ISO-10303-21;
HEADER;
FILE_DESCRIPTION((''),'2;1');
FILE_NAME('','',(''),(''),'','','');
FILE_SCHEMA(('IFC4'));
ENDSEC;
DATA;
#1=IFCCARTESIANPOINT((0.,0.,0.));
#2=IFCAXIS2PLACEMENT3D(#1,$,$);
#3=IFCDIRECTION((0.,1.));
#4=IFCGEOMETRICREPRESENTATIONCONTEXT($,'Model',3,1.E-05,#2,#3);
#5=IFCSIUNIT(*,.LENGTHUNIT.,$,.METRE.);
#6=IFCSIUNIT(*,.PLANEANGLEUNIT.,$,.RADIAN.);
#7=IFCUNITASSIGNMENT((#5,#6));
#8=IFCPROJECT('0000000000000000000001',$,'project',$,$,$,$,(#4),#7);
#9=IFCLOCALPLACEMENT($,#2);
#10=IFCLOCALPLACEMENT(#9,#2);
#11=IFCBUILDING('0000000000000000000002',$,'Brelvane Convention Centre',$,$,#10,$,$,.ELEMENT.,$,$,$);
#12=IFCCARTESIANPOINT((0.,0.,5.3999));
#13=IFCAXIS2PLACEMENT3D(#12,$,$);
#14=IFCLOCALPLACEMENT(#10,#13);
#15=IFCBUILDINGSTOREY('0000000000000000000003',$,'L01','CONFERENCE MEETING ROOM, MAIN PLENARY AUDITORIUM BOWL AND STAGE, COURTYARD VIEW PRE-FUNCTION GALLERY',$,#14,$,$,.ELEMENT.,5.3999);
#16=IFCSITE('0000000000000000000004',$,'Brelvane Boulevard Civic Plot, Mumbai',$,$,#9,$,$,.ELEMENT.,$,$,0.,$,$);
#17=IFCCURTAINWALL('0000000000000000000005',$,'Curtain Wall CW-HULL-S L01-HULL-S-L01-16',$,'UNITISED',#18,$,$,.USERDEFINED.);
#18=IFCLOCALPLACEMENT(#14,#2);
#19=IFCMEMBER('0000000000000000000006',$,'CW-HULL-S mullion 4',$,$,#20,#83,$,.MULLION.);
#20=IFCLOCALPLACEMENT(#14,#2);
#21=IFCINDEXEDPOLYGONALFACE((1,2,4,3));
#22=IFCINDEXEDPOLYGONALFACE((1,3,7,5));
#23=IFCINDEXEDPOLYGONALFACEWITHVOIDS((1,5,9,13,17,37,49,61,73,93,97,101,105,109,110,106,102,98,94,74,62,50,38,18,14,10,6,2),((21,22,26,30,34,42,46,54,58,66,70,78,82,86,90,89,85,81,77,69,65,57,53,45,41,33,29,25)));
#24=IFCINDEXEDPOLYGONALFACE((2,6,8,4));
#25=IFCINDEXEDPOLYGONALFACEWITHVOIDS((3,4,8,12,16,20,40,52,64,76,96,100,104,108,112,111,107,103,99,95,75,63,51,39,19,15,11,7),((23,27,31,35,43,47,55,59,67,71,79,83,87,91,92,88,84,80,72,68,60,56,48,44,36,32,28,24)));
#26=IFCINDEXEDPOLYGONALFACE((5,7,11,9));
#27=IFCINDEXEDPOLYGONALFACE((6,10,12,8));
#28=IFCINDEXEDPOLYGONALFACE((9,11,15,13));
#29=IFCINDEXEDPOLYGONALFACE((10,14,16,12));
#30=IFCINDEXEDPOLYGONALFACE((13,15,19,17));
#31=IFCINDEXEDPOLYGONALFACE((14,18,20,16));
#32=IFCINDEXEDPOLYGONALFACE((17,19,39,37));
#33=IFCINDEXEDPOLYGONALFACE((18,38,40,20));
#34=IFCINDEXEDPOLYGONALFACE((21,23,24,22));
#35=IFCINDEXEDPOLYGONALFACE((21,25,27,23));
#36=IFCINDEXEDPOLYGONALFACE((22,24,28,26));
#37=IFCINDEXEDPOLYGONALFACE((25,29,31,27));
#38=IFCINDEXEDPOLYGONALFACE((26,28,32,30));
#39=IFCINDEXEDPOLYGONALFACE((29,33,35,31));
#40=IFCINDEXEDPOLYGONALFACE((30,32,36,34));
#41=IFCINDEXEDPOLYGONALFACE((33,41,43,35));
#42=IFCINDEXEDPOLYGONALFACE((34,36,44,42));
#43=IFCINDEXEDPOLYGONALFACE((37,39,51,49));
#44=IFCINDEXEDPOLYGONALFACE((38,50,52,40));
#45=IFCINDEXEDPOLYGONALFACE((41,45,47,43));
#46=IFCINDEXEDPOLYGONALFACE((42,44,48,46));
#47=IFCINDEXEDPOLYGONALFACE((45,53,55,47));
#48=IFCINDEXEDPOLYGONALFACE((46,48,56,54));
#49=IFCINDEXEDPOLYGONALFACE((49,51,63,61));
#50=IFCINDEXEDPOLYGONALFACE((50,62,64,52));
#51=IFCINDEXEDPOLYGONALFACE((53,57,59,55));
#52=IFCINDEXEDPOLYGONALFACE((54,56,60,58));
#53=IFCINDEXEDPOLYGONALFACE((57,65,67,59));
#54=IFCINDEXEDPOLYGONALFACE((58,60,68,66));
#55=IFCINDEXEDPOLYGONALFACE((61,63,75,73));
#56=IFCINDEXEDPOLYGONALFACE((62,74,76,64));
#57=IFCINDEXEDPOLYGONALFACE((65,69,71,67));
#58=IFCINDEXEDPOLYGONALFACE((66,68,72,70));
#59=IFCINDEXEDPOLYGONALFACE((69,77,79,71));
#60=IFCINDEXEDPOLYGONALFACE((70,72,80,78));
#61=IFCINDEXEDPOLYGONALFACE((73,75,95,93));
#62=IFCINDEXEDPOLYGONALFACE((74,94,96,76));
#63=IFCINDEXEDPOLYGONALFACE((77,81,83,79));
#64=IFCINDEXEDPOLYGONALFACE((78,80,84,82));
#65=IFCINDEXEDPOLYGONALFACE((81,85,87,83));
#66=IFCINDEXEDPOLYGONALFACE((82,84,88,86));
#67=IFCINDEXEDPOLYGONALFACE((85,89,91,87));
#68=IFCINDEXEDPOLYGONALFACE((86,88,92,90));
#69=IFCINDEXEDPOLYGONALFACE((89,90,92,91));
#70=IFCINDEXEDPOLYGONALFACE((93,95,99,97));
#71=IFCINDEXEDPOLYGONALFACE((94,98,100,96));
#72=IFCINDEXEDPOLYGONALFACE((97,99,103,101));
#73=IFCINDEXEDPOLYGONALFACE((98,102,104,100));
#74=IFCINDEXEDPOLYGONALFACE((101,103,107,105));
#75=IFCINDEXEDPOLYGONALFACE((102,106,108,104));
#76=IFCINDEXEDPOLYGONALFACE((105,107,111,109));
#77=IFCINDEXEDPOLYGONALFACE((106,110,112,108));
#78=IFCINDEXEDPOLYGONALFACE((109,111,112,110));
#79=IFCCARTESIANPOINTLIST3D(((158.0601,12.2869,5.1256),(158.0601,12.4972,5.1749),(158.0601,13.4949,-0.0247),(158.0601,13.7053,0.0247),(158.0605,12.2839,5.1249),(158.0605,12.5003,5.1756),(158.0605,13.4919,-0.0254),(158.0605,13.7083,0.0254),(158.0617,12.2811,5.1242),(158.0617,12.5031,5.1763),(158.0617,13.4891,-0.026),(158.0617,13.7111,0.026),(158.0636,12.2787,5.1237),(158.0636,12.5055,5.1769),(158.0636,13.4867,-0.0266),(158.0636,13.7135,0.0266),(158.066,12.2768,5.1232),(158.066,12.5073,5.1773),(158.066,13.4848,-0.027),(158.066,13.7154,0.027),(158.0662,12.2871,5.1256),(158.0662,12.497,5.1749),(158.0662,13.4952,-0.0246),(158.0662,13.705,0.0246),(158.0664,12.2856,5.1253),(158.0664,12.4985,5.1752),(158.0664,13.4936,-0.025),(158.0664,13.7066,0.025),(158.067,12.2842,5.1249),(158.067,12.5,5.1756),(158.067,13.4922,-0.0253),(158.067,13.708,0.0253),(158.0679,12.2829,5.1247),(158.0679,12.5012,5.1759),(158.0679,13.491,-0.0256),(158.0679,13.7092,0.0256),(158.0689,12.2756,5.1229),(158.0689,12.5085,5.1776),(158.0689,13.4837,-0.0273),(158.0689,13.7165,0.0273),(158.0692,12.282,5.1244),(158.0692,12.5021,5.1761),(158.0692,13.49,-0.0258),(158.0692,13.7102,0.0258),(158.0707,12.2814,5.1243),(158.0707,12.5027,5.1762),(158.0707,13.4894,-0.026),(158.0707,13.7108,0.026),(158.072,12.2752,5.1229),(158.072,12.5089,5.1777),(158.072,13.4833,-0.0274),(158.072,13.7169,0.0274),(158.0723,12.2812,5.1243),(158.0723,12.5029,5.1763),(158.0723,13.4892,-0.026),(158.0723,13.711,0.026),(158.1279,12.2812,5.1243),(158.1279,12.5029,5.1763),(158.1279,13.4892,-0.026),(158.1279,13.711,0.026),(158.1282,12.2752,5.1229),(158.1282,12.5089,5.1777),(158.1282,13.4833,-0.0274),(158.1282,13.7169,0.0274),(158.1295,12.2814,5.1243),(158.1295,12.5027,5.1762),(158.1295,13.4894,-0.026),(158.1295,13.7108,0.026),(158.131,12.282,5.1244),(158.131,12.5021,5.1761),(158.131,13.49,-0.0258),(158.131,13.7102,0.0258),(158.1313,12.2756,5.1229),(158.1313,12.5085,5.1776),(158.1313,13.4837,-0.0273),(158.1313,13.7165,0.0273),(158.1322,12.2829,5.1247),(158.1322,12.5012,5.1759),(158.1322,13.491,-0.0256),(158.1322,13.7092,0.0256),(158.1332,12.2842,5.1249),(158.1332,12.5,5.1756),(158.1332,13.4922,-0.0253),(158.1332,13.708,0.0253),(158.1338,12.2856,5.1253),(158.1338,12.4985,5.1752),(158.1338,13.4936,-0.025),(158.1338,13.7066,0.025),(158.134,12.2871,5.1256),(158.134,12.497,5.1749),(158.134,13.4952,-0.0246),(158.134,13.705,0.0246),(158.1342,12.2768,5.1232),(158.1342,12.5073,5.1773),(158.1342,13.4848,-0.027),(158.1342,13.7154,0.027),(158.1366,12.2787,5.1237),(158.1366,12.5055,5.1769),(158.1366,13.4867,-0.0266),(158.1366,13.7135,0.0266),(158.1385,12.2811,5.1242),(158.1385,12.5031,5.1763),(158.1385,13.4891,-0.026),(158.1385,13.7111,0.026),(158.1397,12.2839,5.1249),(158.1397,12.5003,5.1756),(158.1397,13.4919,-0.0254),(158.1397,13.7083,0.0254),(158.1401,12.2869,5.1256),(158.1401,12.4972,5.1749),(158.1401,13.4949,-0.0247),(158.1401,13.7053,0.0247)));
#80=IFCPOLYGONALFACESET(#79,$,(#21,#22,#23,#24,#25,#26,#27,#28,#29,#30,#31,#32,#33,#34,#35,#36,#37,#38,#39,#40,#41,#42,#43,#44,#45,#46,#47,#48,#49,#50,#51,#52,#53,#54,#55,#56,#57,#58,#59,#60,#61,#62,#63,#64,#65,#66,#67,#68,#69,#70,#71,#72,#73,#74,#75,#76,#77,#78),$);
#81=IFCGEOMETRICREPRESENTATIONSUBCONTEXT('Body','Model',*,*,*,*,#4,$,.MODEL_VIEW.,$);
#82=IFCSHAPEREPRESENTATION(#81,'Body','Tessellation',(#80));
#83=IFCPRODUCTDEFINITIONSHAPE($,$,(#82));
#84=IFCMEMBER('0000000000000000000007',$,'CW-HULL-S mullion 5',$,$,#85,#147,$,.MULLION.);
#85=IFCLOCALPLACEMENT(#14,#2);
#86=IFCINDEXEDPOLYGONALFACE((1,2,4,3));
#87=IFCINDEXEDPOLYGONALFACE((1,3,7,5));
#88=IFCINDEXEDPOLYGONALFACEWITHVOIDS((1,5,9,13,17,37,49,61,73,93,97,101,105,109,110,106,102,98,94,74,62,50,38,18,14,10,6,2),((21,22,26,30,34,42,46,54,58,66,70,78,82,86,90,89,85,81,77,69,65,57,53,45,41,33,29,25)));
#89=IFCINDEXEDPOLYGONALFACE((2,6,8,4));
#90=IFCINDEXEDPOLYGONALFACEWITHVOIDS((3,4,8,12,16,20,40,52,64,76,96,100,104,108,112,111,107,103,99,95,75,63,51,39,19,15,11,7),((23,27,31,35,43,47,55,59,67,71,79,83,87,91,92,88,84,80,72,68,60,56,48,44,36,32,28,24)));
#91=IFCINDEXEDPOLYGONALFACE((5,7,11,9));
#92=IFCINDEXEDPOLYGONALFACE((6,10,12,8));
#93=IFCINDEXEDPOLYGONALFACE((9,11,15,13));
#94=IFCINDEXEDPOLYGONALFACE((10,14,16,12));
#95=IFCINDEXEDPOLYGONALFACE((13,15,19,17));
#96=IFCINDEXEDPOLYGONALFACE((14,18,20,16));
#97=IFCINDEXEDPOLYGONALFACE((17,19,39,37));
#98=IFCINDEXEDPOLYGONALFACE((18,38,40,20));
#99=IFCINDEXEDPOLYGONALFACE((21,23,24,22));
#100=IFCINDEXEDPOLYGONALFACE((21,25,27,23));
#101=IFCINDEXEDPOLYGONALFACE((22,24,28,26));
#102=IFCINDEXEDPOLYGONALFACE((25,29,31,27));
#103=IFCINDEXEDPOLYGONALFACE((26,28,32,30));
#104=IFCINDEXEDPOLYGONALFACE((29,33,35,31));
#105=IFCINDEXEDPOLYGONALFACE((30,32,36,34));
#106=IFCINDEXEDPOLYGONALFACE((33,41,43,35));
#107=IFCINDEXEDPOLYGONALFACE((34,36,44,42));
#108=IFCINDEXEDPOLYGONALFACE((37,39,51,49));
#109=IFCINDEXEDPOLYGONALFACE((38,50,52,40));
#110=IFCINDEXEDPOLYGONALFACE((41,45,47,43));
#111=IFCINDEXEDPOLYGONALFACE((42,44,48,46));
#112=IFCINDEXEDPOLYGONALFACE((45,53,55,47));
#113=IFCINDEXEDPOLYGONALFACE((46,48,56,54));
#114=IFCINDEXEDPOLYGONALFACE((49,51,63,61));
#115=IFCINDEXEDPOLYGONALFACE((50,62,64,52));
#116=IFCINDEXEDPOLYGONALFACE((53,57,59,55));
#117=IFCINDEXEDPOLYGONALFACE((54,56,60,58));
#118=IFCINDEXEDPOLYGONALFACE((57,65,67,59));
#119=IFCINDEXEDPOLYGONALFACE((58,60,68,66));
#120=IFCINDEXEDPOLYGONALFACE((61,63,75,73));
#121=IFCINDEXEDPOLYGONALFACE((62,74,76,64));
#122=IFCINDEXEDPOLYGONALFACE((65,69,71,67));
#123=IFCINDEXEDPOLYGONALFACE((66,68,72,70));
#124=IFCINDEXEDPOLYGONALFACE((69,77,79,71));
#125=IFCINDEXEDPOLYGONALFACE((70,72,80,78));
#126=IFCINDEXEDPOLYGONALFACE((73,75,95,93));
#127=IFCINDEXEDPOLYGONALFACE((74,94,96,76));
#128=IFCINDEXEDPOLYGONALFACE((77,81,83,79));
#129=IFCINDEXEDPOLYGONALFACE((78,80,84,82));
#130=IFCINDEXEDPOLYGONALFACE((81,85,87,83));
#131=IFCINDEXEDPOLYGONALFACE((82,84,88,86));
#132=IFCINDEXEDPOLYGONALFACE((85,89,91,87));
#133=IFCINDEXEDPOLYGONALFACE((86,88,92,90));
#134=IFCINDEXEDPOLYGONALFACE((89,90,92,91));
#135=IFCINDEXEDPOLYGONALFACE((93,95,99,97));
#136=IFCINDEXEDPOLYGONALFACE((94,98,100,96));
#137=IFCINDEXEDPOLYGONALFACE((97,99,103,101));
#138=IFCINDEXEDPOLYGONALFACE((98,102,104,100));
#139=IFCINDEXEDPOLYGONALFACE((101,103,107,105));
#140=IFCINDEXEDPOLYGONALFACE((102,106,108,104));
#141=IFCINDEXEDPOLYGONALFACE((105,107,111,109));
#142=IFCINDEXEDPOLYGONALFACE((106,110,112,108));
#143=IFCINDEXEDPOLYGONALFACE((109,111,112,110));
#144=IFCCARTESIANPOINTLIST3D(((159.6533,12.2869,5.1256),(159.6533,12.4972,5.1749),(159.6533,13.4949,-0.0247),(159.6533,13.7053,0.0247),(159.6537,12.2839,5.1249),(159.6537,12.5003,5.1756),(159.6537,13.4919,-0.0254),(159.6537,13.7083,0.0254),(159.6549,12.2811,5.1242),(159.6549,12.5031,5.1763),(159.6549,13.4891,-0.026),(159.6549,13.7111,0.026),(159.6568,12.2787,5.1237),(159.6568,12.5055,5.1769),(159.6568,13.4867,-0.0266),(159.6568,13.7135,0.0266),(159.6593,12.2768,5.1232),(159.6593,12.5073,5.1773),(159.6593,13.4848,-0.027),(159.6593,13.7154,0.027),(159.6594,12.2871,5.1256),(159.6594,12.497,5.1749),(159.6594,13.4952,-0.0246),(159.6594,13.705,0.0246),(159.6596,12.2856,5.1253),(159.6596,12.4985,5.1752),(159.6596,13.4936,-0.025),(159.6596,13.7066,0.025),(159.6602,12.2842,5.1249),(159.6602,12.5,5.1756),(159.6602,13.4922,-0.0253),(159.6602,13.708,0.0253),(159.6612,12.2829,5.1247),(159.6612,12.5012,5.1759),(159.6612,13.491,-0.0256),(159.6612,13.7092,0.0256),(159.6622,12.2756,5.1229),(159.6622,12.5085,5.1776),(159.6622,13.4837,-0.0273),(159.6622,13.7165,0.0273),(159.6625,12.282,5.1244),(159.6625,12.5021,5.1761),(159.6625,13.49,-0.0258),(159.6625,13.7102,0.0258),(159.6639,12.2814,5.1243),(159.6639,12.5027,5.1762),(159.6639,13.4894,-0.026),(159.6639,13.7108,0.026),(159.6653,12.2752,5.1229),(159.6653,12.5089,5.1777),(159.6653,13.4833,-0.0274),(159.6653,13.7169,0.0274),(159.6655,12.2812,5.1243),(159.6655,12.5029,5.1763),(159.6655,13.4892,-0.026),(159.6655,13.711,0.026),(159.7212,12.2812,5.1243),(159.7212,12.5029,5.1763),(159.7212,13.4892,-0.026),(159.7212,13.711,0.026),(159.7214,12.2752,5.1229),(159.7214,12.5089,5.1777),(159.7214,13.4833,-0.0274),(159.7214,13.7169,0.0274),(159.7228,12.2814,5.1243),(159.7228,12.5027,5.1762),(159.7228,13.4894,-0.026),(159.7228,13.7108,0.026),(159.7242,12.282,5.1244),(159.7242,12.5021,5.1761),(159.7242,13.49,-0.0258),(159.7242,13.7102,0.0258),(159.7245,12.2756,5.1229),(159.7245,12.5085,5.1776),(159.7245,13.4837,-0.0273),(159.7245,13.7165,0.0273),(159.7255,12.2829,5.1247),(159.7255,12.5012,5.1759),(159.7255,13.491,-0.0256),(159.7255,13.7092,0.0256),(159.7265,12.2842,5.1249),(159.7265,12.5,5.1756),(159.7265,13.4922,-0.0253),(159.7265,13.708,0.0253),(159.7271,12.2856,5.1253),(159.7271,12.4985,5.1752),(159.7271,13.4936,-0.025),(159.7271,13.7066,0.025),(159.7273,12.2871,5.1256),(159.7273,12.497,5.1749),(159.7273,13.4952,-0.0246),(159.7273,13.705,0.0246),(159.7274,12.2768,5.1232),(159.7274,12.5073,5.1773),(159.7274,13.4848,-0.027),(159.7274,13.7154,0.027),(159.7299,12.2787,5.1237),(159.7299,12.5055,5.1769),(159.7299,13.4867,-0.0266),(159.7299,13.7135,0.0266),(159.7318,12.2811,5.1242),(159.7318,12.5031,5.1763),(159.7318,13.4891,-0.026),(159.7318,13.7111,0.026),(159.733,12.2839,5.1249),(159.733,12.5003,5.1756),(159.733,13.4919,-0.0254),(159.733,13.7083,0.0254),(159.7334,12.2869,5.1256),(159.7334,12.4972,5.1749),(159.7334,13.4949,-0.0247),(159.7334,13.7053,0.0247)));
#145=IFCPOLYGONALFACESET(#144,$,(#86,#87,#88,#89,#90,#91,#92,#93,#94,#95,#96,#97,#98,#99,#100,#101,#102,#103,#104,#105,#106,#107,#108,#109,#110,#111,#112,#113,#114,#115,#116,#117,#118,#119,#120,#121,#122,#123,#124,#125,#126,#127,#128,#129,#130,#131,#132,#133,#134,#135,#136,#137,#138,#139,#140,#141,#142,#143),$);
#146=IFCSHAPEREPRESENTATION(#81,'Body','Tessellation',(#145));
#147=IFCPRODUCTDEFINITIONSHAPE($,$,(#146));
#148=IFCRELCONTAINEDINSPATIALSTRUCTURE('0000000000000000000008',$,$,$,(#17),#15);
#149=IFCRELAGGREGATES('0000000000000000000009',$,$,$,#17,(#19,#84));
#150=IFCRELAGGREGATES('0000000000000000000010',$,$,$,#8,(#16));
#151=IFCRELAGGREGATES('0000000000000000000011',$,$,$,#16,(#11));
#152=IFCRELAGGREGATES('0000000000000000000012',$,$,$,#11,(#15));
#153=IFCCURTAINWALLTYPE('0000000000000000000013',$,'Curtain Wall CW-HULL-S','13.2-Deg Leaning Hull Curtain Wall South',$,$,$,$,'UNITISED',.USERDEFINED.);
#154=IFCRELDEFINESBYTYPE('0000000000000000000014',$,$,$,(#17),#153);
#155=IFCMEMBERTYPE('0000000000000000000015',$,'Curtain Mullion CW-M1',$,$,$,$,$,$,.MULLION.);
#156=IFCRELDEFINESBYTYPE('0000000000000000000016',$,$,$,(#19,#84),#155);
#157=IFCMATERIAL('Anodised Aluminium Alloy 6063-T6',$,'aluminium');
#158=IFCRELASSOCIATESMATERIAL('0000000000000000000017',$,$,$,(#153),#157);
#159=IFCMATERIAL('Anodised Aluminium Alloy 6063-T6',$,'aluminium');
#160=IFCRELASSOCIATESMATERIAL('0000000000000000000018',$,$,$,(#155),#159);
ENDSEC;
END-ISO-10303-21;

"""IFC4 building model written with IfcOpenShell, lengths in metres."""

from ifc_helpers import new_model, si_unit, direction, frame, origin, origin_2d, place, context, subcontext, project, spatial, hollow_rectangle, extrude, material, material_profile, profile_set, type_object, element, aggregate, save


model = new_model("IFC4")

# Units and contexts
model_context = context("Model", 3, precision=1e-05, world=origin(), true_north=direction((0.0, 1.0)))
body_context = subcontext(model_context, "Body", "Model", "MODEL_VIEW")
ifc_project = project(units=[si_unit("LENGTHUNIT", "METRE"), si_unit("PLANEANGLEUNIT", "RADIAN")], contexts=[model_context])

# Site, building, storey
site_placement = place(None, origin())
site = spatial("IfcSite", under=ifc_project, at=site_placement, Name="Brelvane Boulevard Civic Plot, Mumbai", CompositionType="ELEMENT", RefElevation=0.0)
building_placement = place(site_placement, origin())
building = spatial("IfcBuilding", under=site, at=building_placement, Name="Brelvane Convention Centre", CompositionType="ELEMENT")
storey_placement = place(building_placement, frame((0.0, 0.0, 5.3999)))
storey = spatial("IfcBuildingStorey", under=building, at=storey_placement, Name="L01", Description="CONFERENCE MEETING ROOM, MAIN PLENARY AUDITORIUM BOWL AND STAGE, COURTYARD VIEW PRE-FUNCTION GALLERY", CompositionType="ELEMENT", Elevation=5.3999)

# Curtain wall, members
ifc_material_1 = material(Name="Anodised Aluminium Alloy 6063-T6", Category="aluminium")
curtain_wall_type = type_object("IfcCurtainWallType", Name="Curtain Wall CW-HULL-S", Description="13.2-Deg Leaning Hull Curtain Wall South", ElementType="UNITISED", PredefinedType="USERDEFINED", material=ifc_material_1)
curtain_wall_1_placement = place(storey_placement, origin())
curtain_wall_1 = element("IfcCurtainWall", 1, at=curtain_wall_1_placement, inside=storey, type_object=curtain_wall_type, Name="Curtain Wall CW-HULL-S L01-HULL-S-L01-16", ObjectType="UNITISED", PredefinedType="USERDEFINED")
ifc_material_2 = material(Name="Anodised Aluminium Alloy 6063-T6", Category="aluminium")
ifc_material_profile_1 = material_profile(ifc_material_2, hollow_rectangle(XDim=0.0801, YDim=0.24, WallThickness=0.0061, InnerFilletRadius=0.0061, OuterFilletRadius=0.012, at=origin_2d()), Name="ALU-M 240x80x6.0")
ifc_profile_set_1 = profile_set([ifc_material_profile_1], Name="Anodised Aluminium Alloy 6063-T6")
member_type_1 = type_object("IfcMemberType", Name="Curtain Mullion CW-M1", PredefinedType="MULLION", material=ifc_profile_set_1)
member_1_placement = place(storey_placement, frame((158.1001, 13.6001, 0.0), z_axis=(0.0, -0.22836, 0.973577), x_axis=(1.0, 0.0, 0.0)))
member_1 = element("IfcMember", 2, at=member_1_placement, type_object=member_type_1, Name="CW-HULL-S mullion 4", PredefinedType="MULLION", context=body_context, shape_type="SweptSolid", body=[
    extrude(hollow_rectangle(XDim=0.0801, YDim=0.24, WallThickness=0.0061, InnerFilletRadius=0.0061, OuterFilletRadius=0.012, at=origin_2d()), origin(), (0.0, 0.0, 1.0), 5.29),
])
member_2_placement = place(storey_placement, frame((159.6934, 13.6001, 0.0), z_axis=(0.0, -0.22836, 0.973577), x_axis=(1.0, 0.0, 0.0)))
member_2 = element("IfcMember", 3, at=member_2_placement, type_object=member_type_1, Name="CW-HULL-S mullion 5", PredefinedType="MULLION", context=body_context, shape_type="SweptSolid", body=[
    extrude(hollow_rectangle(XDim=0.0801, YDim=0.24, WallThickness=0.0061, InnerFilletRadius=0.0061, OuterFilletRadius=0.012, at=origin_2d()), origin(), (0.0, 0.0, 1.0), 5.29),
])
aggregate(curtain_wall_1, [member_1, member_2])

save(model, "model.ifc")
